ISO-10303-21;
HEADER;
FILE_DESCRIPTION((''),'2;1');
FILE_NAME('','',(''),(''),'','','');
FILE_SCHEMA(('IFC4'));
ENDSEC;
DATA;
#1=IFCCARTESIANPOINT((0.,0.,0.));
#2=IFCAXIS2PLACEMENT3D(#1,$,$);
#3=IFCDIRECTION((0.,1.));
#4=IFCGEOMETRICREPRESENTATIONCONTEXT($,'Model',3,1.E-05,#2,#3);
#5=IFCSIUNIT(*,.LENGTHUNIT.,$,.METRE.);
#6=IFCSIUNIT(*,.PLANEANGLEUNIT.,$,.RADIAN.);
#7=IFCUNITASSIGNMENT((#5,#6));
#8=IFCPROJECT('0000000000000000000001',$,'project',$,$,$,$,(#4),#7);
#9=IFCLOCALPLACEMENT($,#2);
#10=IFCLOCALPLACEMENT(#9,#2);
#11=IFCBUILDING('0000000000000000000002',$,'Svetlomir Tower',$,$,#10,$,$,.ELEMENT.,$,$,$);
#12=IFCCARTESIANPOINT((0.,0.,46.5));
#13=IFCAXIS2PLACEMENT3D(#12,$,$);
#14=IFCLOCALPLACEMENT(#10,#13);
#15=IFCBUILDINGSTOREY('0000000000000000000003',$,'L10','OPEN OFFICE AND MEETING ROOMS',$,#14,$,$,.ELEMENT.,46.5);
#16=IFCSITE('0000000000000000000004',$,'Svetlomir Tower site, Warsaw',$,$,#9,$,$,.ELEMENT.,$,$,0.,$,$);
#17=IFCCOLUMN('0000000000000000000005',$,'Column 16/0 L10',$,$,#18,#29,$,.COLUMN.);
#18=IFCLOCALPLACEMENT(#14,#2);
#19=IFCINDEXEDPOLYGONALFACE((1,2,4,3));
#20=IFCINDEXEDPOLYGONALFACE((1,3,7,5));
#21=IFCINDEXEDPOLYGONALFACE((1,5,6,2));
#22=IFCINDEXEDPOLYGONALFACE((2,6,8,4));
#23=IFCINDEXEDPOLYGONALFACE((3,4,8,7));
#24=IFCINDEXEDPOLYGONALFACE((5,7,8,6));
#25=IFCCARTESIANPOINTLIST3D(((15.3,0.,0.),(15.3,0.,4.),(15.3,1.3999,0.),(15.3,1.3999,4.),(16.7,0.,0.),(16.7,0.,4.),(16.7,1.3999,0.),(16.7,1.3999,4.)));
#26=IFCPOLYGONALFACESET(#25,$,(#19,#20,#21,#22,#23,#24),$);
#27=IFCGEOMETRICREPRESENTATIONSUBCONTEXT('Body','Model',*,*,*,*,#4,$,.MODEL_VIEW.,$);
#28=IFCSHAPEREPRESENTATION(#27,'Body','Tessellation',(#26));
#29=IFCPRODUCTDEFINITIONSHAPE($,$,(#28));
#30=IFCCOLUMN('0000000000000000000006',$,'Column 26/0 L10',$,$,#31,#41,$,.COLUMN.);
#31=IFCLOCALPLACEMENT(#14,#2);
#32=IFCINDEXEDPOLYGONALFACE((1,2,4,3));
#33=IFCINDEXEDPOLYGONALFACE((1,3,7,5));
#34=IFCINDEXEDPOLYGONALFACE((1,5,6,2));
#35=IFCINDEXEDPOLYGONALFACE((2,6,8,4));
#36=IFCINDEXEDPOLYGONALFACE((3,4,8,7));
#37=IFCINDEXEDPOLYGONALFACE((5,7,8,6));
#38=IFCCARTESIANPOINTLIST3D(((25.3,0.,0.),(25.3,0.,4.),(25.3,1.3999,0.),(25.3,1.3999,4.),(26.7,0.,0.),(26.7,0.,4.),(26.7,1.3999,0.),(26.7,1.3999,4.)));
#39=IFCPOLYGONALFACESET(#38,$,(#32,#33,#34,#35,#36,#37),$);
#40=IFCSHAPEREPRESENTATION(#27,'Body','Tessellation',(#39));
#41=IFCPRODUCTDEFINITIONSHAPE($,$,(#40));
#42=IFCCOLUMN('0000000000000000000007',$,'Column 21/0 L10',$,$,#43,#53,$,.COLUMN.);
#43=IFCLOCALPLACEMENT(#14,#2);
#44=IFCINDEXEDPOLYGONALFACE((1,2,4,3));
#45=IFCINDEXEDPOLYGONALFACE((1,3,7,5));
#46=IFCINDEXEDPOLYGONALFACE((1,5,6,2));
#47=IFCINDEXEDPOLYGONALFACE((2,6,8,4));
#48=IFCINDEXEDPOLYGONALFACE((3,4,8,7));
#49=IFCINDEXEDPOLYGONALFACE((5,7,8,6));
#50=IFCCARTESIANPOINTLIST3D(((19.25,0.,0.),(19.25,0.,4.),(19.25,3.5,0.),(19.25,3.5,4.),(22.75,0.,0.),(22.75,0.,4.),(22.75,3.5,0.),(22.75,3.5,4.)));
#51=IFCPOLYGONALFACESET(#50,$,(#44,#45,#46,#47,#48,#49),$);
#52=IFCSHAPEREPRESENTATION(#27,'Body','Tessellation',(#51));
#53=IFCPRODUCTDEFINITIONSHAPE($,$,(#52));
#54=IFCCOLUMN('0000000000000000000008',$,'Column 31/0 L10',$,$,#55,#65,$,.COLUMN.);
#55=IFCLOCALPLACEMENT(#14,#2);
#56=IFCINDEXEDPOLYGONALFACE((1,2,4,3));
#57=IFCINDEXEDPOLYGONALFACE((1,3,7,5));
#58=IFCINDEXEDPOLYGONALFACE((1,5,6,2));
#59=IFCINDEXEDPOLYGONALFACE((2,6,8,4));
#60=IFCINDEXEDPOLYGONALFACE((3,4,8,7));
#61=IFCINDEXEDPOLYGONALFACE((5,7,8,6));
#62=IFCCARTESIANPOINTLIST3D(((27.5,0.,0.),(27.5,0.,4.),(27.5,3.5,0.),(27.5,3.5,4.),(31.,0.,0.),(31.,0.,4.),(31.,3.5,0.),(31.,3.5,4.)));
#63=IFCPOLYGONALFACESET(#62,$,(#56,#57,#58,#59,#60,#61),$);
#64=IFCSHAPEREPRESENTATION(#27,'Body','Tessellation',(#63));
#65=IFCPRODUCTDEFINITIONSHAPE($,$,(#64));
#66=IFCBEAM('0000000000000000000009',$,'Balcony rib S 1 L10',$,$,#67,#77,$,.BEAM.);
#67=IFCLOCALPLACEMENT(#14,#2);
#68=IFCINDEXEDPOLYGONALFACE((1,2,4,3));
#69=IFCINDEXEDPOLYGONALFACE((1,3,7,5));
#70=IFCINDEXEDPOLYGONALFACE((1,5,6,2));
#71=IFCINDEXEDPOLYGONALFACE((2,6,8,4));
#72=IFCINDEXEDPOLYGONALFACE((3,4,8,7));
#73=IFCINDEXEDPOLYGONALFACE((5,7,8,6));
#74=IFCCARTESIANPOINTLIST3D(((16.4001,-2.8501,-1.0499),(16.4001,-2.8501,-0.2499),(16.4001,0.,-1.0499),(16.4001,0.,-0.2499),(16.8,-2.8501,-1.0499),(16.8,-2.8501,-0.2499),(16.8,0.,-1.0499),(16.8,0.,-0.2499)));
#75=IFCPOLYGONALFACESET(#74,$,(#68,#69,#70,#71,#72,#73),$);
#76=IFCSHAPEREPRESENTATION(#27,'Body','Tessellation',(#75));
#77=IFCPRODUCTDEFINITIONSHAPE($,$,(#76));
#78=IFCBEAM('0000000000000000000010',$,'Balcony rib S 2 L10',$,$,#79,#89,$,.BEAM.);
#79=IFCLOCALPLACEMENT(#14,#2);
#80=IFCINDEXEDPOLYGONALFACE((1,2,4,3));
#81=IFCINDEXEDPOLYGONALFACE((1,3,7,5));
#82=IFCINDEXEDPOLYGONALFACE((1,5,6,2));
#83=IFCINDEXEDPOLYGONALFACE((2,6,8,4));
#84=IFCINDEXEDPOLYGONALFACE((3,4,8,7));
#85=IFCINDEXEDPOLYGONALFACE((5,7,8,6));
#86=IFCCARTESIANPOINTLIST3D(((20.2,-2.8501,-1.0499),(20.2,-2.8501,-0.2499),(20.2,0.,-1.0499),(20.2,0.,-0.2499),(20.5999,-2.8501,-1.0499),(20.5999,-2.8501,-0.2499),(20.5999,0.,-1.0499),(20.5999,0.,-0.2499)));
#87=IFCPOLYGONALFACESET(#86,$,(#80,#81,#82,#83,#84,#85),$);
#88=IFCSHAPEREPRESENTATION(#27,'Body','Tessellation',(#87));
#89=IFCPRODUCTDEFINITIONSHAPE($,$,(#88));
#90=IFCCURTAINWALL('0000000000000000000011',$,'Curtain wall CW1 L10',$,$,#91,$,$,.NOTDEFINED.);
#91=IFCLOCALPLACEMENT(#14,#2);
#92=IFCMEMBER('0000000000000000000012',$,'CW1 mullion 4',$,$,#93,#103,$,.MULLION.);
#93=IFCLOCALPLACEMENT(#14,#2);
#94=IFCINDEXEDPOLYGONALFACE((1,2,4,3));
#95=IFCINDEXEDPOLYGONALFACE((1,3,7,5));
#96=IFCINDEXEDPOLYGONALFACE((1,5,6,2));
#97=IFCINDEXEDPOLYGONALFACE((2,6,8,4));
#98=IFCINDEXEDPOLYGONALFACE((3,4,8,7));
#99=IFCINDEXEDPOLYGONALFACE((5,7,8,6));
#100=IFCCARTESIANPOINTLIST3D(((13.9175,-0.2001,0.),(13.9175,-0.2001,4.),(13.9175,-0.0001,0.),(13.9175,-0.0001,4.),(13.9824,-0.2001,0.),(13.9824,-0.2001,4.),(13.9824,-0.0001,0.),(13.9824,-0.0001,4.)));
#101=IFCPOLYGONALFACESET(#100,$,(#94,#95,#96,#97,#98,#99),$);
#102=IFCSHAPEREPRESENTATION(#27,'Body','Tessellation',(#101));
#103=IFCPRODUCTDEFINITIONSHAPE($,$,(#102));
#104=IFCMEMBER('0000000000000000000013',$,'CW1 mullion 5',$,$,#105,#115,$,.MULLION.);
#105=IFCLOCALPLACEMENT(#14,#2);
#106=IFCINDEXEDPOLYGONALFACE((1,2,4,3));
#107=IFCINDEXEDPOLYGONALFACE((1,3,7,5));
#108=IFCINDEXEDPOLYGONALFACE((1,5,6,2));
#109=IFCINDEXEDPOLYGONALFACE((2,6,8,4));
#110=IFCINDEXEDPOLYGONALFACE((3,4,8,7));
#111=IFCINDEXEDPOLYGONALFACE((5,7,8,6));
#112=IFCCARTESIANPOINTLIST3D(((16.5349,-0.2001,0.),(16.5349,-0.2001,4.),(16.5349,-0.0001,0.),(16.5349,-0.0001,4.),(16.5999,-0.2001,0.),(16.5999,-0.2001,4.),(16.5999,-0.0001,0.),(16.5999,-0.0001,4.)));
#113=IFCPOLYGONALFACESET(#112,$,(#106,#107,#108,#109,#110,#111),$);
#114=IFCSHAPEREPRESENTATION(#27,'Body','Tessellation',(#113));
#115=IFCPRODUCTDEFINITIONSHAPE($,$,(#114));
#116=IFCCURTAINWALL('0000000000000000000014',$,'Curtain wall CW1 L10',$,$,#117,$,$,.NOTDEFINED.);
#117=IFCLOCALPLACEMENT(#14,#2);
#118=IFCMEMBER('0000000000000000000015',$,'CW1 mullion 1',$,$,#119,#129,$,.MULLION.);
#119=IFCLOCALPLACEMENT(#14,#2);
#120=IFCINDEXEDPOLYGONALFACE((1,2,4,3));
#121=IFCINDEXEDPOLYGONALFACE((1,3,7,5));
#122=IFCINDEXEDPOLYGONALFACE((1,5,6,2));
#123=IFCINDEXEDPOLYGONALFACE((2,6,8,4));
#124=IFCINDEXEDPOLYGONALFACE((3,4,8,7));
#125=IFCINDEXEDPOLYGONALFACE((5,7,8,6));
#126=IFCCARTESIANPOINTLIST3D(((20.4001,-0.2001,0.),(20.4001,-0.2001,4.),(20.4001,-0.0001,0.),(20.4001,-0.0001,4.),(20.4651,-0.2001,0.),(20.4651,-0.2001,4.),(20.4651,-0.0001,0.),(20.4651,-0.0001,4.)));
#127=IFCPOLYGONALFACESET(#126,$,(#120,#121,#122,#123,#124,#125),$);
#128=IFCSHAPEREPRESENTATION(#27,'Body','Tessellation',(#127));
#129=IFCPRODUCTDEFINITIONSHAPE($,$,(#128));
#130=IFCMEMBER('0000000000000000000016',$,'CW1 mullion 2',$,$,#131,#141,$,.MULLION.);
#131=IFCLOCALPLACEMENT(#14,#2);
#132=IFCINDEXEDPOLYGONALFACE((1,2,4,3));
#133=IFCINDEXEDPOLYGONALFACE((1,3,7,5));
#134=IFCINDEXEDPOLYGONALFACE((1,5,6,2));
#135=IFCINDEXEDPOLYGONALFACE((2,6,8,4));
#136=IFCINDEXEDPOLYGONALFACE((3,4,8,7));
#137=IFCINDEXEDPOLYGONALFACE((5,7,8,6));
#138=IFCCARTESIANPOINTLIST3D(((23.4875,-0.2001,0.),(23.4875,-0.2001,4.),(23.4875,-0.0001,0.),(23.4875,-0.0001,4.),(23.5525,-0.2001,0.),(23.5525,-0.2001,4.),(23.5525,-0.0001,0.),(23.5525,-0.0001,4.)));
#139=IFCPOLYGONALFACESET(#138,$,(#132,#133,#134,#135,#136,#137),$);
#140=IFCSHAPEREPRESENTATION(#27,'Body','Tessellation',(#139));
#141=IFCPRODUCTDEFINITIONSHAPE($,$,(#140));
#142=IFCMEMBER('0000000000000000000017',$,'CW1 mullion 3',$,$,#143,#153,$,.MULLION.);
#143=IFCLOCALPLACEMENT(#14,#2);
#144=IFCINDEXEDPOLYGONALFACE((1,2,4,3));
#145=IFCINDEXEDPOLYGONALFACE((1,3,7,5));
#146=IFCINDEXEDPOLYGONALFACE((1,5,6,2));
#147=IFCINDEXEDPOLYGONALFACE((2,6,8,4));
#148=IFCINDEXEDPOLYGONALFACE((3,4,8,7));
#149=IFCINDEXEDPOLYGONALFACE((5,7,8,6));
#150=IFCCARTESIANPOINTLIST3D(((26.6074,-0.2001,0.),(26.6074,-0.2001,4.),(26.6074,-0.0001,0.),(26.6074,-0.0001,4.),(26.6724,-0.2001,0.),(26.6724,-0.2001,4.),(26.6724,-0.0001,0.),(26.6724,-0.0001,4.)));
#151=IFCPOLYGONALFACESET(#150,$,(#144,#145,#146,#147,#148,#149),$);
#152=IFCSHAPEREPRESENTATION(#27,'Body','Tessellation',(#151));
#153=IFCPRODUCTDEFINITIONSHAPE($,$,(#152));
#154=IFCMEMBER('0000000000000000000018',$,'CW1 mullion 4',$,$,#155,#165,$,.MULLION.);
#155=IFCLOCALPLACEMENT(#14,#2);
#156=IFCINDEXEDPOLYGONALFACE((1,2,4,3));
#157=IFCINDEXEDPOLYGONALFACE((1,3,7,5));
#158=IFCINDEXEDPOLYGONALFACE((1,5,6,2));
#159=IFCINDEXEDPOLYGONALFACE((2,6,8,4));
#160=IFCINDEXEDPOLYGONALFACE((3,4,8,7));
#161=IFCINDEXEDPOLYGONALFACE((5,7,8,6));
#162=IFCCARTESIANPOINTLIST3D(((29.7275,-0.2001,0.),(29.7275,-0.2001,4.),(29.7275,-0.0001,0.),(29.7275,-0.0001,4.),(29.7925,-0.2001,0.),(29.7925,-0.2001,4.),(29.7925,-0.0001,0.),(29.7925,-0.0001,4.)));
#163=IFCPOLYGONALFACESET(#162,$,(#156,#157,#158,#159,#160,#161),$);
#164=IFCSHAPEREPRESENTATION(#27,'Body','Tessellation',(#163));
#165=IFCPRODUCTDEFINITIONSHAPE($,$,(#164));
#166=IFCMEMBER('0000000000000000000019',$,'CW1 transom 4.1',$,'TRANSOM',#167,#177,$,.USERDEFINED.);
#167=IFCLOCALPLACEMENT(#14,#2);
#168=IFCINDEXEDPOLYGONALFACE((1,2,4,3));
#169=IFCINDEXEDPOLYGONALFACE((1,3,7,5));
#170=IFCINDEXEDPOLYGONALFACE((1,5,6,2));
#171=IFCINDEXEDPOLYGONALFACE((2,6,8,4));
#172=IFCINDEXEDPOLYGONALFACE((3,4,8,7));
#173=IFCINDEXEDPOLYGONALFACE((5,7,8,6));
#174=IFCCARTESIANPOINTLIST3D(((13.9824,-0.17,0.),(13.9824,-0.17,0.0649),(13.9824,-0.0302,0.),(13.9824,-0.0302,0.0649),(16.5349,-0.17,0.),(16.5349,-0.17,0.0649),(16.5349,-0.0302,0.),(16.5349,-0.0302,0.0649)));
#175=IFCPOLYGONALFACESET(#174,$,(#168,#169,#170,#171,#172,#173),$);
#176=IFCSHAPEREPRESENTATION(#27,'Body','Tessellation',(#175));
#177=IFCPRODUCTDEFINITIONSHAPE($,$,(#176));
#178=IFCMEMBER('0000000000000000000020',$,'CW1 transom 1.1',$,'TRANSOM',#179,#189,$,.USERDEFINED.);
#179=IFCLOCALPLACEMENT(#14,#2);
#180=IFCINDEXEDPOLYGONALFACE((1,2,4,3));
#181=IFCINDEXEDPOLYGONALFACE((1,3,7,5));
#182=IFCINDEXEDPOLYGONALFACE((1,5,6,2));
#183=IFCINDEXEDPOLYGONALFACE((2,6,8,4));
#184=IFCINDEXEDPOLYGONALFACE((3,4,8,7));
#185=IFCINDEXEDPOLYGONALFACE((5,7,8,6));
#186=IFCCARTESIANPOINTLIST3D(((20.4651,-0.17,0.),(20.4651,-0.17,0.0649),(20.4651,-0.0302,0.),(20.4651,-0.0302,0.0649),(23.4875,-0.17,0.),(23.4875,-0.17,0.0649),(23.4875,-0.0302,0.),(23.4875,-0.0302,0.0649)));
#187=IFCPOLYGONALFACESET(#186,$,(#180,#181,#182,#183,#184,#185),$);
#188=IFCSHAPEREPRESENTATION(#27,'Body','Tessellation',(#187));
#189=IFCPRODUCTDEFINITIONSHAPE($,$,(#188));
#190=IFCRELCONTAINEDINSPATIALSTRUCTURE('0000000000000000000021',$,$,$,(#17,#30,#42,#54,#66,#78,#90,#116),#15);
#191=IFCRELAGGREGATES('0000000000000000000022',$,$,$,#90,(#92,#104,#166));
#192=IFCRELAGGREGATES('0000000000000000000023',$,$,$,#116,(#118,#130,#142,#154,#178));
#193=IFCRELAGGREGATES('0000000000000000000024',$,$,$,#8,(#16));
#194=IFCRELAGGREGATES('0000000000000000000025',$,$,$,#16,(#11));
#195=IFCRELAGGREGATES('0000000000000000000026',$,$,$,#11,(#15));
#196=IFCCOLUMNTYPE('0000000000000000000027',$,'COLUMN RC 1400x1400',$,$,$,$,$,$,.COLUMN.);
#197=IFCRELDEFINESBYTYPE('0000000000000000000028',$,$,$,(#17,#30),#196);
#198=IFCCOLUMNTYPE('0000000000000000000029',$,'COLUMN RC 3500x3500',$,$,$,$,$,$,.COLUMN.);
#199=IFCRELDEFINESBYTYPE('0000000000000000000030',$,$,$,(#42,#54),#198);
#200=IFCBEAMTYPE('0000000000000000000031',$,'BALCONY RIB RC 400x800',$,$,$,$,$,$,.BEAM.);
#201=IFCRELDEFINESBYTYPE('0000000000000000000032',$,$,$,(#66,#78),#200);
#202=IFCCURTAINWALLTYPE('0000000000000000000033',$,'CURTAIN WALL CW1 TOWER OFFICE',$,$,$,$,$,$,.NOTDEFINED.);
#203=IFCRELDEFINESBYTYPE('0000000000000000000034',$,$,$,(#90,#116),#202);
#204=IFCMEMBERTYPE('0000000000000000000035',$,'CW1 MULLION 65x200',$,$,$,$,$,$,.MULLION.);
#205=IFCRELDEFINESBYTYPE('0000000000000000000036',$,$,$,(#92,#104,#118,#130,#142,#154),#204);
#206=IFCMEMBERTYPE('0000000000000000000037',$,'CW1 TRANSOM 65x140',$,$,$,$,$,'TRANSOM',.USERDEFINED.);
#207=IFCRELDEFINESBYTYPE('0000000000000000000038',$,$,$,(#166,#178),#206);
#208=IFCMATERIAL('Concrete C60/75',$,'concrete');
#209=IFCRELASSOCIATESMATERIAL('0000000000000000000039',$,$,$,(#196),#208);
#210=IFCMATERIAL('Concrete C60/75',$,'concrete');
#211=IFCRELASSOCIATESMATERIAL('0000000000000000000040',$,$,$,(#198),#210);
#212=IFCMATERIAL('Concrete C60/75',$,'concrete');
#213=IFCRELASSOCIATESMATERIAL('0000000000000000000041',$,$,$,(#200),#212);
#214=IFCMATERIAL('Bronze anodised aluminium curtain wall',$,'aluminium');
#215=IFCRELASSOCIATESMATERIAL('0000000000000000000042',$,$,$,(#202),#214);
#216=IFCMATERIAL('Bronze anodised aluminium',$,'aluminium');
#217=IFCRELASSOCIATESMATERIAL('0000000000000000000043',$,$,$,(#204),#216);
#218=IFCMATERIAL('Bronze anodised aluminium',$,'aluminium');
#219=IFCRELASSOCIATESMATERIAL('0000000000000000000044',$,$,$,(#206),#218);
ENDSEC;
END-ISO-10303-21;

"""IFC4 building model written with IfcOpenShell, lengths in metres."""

from ifc_helpers import new_model, si_unit, direction, frame, origin, origin_2d, place, context, subcontext, project, spatial, rectangle, extrude, material, material_profile, profile_set, type_object, element, aggregate, save


model = new_model("IFC4")

# Units and contexts
model_context = context("Model", 3, precision=1e-05, world=origin(), true_north=direction((0.0, 1.0)))
body_context = subcontext(model_context, "Body", "Model", "MODEL_VIEW")
ifc_project = project(units=[si_unit("LENGTHUNIT", "METRE"), si_unit("PLANEANGLEUNIT", "RADIAN")], contexts=[model_context])

# Site, building, storey
site_placement = place(None, origin())
site = spatial("IfcSite", under=ifc_project, at=site_placement, Name="Svetlomir Tower site, Warsaw", CompositionType="ELEMENT", RefElevation=0.0)
building_placement = place(site_placement, origin())
building = spatial("IfcBuilding", under=site, at=building_placement, Name="Svetlomir Tower", CompositionType="ELEMENT")
storey_placement = place(building_placement, frame((0.0, 0.0, 46.5)))
storey = spatial("IfcBuildingStorey", under=building, at=storey_placement, Name="L10", Description="OPEN OFFICE AND MEETING ROOMS", CompositionType="ELEMENT", Elevation=46.5)

# Columns
ifc_material_1 = material(Name="Concrete C60/75", Category="concrete")
ifc_material_profile_1 = material_profile(ifc_material_1, rectangle(XDim=1.3999, YDim=1.3999, at=origin_2d()), Name="RC 1400x1400")
ifc_profile_set_1 = profile_set([ifc_material_profile_1], Name="Concrete C60/75")
column_type_1 = type_object("IfcColumnType", Name="COLUMN RC 1400x1400", PredefinedType="COLUMN", material=ifc_profile_set_1)
for number, where, z_axis, x_axis, name in (
    (1, (16.0, 0.7, 0.0), (0.0, 0.0, 1.0), (1.0, 0.0, 0.0), "Column 16/0 L10"),
    (2, (26.0, 0.7, 0.0), (0.0, 0.0, 1.0), (1.0, 0.0, 0.0), "Column 26/0 L10"),
):
    element("IfcColumn", number, at=place(storey_placement, frame(where, z_axis=z_axis, x_axis=x_axis)), inside=storey, type_object=column_type_1, Name=name, PredefinedType="COLUMN", context=body_context, shape_type="SweptSolid", body=[
        extrude(rectangle(XDim=1.3999, YDim=1.3999, at=origin_2d()), origin(), (0.0, 0.0, 1.0), 4.0),
    ])
ifc_material_2 = material(Name="Concrete C60/75", Category="concrete")
ifc_material_profile_2 = material_profile(ifc_material_2, rectangle(XDim=3.5, YDim=3.5, at=origin_2d()), Name="RC 3500x3500")
ifc_profile_set_2 = profile_set([ifc_material_profile_2], Name="Concrete C60/75")
column_type_2 = type_object("IfcColumnType", Name="COLUMN RC 3500x3500", PredefinedType="COLUMN", material=ifc_profile_set_2)
for number, where, z_axis, x_axis, name in (
    (3, (21.0, 1.75, 0.0), (0.0, 0.0, 1.0), (1.0, 0.0, 0.0), "Column 21/0 L10"),
    (4, (29.25, 1.75, 0.0), (0.0, 0.0, 1.0), (1.0, 0.0, 0.0), "Column 31/0 L10"),
):
    element("IfcColumn", number, at=place(storey_placement, frame(where, z_axis=z_axis, x_axis=x_axis)), inside=storey, type_object=column_type_2, Name=name, PredefinedType="COLUMN", context=body_context, shape_type="SweptSolid", body=[
        extrude(rectangle(XDim=3.5, YDim=3.5, at=origin_2d()), origin(), (0.0, 0.0, 1.0), 4.0),
    ])

# Beams
ifc_material_3 = material(Name="Concrete C60/75", Category="concrete")
ifc_material_profile_3 = material_profile(ifc_material_3, rectangle(XDim=0.3999, YDim=0.8, at=origin_2d()), Name="RC 400x800")
ifc_profile_set_3 = profile_set([ifc_material_profile_3], Name="Concrete C60/75")
beam_type_1 = type_object("IfcBeamType", Name="BALCONY RIB RC 400x800", PredefinedType="BEAM", material=ifc_profile_set_3)
for number, where, z_axis, x_axis, name in (
    (5, (16.6001, 0.0, -0.6499), (0.0, -1.0, 0.0), (1.0, 0.0, 0.0), "Balcony rib S 1 L10"),
    (6, (20.3999, 0.0, -0.6499), (0.0, -1.0, 0.0), (1.0, 0.0, 0.0), "Balcony rib S 2 L10"),
):
    element("IfcBeam", number, at=place(storey_placement, frame(where, z_axis=z_axis, x_axis=x_axis)), inside=storey, type_object=beam_type_1, Name=name, PredefinedType="BEAM", context=body_context, shape_type="SweptSolid", body=[
        extrude(rectangle(XDim=0.3999, YDim=0.8, at=origin_2d()), origin(), (0.0, 0.0, 1.0), 2.8501),
    ])

# Curtain walls, members
ifc_material_4 = material(Name="Bronze anodised aluminium curtain wall", Category="aluminium")
curtain_wall_type = type_object("IfcCurtainWallType", Name="CURTAIN WALL CW1 TOWER OFFICE", PredefinedType="NOTDEFINED", material=ifc_material_4)
curtain_wall_1_placement = place(storey_placement, origin())
curtain_wall_1 = element("IfcCurtainWall", 7, at=curtain_wall_1_placement, inside=storey, type_object=curtain_wall_type, Name="Curtain wall CW1 L10", PredefinedType="NOTDEFINED")
ifc_material_5 = material(Name="Bronze anodised aluminium", Category="aluminium")
ifc_material_profile_4 = material_profile(ifc_material_5, rectangle(XDim=0.0649, YDim=0.2, at=origin_2d()), Name="AL 65x200")
ifc_profile_set_4 = profile_set([ifc_material_profile_4], Name="Bronze anodised aluminium 6063-T6")
member_type_1 = type_object("IfcMemberType", Name="CW1 MULLION 65x200", PredefinedType="MULLION", material=ifc_profile_set_4)
member_1_placement = place(storey_placement, frame((13.95, -0.1001, 0.0), z_axis=(0.0, 0.0, 1.0), x_axis=(1.0, 0.0, 0.0)))
member_1 = element("IfcMember", 8, at=member_1_placement, type_object=member_type_1, Name="CW1 mullion 4", PredefinedType="MULLION", context=body_context, shape_type="SweptSolid", body=[
    extrude(rectangle(XDim=0.0649, YDim=0.2, at=origin_2d()), origin(), (0.0, 0.0, 1.0), 4.0),
])
member_2_placement = place(storey_placement, frame((16.5674, -0.1001, 0.0), z_axis=(0.0, 0.0, 1.0), x_axis=(1.0, 0.0, 0.0)))
member_2 = element("IfcMember", 9, at=member_2_placement, type_object=member_type_1, Name="CW1 mullion 5", PredefinedType="MULLION", context=body_context, shape_type="SweptSolid", body=[
    extrude(rectangle(XDim=0.0649, YDim=0.2, at=origin_2d()), origin(), (0.0, 0.0, 1.0), 4.0),
])
curtain_wall_2_placement = place(storey_placement, origin())
curtain_wall_2 = element("IfcCurtainWall", 10, at=curtain_wall_2_placement, inside=storey, type_object=curtain_wall_type, Name="Curtain wall CW1 L10", PredefinedType="NOTDEFINED")
member_3_placement = place(storey_placement, frame((20.4326, -0.1001, 0.0), z_axis=(0.0, 0.0, 1.0), x_axis=(1.0, 0.0, 0.0)))
member_3 = element("IfcMember", 11, at=member_3_placement, type_object=member_type_1, Name="CW1 mullion 1", PredefinedType="MULLION", context=body_context, shape_type="SweptSolid", body=[
    extrude(rectangle(XDim=0.0649, YDim=0.2, at=origin_2d()), origin(), (0.0, 0.0, 1.0), 4.0),
])
member_4_placement = place(storey_placement, frame((23.52, -0.1001, 0.0), z_axis=(0.0, 0.0, 1.0), x_axis=(1.0, 0.0, 0.0)))
member_4 = element("IfcMember", 12, at=member_4_placement, type_object=member_type_1, Name="CW1 mullion 2", PredefinedType="MULLION", context=body_context, shape_type="SweptSolid", body=[
    extrude(rectangle(XDim=0.0649, YDim=0.2, at=origin_2d()), origin(), (0.0, 0.0, 1.0), 4.0),
])
member_5_placement = place(storey_placement, frame((26.6399, -0.1001, 0.0), z_axis=(0.0, 0.0, 1.0), x_axis=(1.0, 0.0, 0.0)))
member_5 = element("IfcMember", 13, at=member_5_placement, type_object=member_type_1, Name="CW1 mullion 3", PredefinedType="MULLION", context=body_context, shape_type="SweptSolid", body=[
    extrude(rectangle(XDim=0.0649, YDim=0.2, at=origin_2d()), origin(), (0.0, 0.0, 1.0), 4.0),
])
member_6_placement = place(storey_placement, frame((29.76, -0.1001, 0.0), z_axis=(0.0, 0.0, 1.0), x_axis=(1.0, 0.0, 0.0)))
member_6 = element("IfcMember", 14, at=member_6_placement, type_object=member_type_1, Name="CW1 mullion 4", PredefinedType="MULLION", context=body_context, shape_type="SweptSolid", body=[
    extrude(rectangle(XDim=0.0649, YDim=0.2, at=origin_2d()), origin(), (0.0, 0.0, 1.0), 4.0),
])

# Members
ifc_material_6 = material(Name="Bronze anodised aluminium", Category="aluminium")
ifc_material_profile_5 = material_profile(ifc_material_6, rectangle(XDim=0.1399, YDim=0.0649, at=origin_2d()), Name="AL 140x65")
ifc_profile_set_5 = profile_set([ifc_material_profile_5], Name="Bronze anodised aluminium 6063-T6")
member_type_2 = type_object("IfcMemberType", Name="CW1 TRANSOM 65x140", ElementType="TRANSOM", PredefinedType="USERDEFINED", material=ifc_profile_set_5)
member_7_placement = place(storey_placement, frame((13.9824, -0.1001, 0.0325), z_axis=(1.0, 0.0, 0.0), x_axis=(0.0, 1.0, 0.0)))
member_7 = element("IfcMember", 15, at=member_7_placement, type_object=member_type_2, Name="CW1 transom 4.1", ObjectType="TRANSOM", PredefinedType="USERDEFINED", context=body_context, shape_type="SweptSolid", body=[
    extrude(rectangle(XDim=0.1399, YDim=0.0649, at=origin_2d()), origin(), (0.0, 0.0, 1.0), 2.5525),
])
member_8_placement = place(storey_placement, frame((20.4651, -0.1001, 0.0325), z_axis=(1.0, 0.0, 0.0), x_axis=(0.0, 1.0, 0.0)))
member_8 = element("IfcMember", 16, at=member_8_placement, type_object=member_type_2, Name="CW1 transom 1.1", ObjectType="TRANSOM", PredefinedType="USERDEFINED", context=body_context, shape_type="SweptSolid", body=[
    extrude(rectangle(XDim=0.1399, YDim=0.0649, at=origin_2d()), origin(), (0.0, 0.0, 1.0), 3.0225),
])

aggregate(curtain_wall_1, [member_1, member_2, member_7])
aggregate(curtain_wall_2, [member_3, member_4, member_5, member_6, member_8])

save(model, "model.ifc")
